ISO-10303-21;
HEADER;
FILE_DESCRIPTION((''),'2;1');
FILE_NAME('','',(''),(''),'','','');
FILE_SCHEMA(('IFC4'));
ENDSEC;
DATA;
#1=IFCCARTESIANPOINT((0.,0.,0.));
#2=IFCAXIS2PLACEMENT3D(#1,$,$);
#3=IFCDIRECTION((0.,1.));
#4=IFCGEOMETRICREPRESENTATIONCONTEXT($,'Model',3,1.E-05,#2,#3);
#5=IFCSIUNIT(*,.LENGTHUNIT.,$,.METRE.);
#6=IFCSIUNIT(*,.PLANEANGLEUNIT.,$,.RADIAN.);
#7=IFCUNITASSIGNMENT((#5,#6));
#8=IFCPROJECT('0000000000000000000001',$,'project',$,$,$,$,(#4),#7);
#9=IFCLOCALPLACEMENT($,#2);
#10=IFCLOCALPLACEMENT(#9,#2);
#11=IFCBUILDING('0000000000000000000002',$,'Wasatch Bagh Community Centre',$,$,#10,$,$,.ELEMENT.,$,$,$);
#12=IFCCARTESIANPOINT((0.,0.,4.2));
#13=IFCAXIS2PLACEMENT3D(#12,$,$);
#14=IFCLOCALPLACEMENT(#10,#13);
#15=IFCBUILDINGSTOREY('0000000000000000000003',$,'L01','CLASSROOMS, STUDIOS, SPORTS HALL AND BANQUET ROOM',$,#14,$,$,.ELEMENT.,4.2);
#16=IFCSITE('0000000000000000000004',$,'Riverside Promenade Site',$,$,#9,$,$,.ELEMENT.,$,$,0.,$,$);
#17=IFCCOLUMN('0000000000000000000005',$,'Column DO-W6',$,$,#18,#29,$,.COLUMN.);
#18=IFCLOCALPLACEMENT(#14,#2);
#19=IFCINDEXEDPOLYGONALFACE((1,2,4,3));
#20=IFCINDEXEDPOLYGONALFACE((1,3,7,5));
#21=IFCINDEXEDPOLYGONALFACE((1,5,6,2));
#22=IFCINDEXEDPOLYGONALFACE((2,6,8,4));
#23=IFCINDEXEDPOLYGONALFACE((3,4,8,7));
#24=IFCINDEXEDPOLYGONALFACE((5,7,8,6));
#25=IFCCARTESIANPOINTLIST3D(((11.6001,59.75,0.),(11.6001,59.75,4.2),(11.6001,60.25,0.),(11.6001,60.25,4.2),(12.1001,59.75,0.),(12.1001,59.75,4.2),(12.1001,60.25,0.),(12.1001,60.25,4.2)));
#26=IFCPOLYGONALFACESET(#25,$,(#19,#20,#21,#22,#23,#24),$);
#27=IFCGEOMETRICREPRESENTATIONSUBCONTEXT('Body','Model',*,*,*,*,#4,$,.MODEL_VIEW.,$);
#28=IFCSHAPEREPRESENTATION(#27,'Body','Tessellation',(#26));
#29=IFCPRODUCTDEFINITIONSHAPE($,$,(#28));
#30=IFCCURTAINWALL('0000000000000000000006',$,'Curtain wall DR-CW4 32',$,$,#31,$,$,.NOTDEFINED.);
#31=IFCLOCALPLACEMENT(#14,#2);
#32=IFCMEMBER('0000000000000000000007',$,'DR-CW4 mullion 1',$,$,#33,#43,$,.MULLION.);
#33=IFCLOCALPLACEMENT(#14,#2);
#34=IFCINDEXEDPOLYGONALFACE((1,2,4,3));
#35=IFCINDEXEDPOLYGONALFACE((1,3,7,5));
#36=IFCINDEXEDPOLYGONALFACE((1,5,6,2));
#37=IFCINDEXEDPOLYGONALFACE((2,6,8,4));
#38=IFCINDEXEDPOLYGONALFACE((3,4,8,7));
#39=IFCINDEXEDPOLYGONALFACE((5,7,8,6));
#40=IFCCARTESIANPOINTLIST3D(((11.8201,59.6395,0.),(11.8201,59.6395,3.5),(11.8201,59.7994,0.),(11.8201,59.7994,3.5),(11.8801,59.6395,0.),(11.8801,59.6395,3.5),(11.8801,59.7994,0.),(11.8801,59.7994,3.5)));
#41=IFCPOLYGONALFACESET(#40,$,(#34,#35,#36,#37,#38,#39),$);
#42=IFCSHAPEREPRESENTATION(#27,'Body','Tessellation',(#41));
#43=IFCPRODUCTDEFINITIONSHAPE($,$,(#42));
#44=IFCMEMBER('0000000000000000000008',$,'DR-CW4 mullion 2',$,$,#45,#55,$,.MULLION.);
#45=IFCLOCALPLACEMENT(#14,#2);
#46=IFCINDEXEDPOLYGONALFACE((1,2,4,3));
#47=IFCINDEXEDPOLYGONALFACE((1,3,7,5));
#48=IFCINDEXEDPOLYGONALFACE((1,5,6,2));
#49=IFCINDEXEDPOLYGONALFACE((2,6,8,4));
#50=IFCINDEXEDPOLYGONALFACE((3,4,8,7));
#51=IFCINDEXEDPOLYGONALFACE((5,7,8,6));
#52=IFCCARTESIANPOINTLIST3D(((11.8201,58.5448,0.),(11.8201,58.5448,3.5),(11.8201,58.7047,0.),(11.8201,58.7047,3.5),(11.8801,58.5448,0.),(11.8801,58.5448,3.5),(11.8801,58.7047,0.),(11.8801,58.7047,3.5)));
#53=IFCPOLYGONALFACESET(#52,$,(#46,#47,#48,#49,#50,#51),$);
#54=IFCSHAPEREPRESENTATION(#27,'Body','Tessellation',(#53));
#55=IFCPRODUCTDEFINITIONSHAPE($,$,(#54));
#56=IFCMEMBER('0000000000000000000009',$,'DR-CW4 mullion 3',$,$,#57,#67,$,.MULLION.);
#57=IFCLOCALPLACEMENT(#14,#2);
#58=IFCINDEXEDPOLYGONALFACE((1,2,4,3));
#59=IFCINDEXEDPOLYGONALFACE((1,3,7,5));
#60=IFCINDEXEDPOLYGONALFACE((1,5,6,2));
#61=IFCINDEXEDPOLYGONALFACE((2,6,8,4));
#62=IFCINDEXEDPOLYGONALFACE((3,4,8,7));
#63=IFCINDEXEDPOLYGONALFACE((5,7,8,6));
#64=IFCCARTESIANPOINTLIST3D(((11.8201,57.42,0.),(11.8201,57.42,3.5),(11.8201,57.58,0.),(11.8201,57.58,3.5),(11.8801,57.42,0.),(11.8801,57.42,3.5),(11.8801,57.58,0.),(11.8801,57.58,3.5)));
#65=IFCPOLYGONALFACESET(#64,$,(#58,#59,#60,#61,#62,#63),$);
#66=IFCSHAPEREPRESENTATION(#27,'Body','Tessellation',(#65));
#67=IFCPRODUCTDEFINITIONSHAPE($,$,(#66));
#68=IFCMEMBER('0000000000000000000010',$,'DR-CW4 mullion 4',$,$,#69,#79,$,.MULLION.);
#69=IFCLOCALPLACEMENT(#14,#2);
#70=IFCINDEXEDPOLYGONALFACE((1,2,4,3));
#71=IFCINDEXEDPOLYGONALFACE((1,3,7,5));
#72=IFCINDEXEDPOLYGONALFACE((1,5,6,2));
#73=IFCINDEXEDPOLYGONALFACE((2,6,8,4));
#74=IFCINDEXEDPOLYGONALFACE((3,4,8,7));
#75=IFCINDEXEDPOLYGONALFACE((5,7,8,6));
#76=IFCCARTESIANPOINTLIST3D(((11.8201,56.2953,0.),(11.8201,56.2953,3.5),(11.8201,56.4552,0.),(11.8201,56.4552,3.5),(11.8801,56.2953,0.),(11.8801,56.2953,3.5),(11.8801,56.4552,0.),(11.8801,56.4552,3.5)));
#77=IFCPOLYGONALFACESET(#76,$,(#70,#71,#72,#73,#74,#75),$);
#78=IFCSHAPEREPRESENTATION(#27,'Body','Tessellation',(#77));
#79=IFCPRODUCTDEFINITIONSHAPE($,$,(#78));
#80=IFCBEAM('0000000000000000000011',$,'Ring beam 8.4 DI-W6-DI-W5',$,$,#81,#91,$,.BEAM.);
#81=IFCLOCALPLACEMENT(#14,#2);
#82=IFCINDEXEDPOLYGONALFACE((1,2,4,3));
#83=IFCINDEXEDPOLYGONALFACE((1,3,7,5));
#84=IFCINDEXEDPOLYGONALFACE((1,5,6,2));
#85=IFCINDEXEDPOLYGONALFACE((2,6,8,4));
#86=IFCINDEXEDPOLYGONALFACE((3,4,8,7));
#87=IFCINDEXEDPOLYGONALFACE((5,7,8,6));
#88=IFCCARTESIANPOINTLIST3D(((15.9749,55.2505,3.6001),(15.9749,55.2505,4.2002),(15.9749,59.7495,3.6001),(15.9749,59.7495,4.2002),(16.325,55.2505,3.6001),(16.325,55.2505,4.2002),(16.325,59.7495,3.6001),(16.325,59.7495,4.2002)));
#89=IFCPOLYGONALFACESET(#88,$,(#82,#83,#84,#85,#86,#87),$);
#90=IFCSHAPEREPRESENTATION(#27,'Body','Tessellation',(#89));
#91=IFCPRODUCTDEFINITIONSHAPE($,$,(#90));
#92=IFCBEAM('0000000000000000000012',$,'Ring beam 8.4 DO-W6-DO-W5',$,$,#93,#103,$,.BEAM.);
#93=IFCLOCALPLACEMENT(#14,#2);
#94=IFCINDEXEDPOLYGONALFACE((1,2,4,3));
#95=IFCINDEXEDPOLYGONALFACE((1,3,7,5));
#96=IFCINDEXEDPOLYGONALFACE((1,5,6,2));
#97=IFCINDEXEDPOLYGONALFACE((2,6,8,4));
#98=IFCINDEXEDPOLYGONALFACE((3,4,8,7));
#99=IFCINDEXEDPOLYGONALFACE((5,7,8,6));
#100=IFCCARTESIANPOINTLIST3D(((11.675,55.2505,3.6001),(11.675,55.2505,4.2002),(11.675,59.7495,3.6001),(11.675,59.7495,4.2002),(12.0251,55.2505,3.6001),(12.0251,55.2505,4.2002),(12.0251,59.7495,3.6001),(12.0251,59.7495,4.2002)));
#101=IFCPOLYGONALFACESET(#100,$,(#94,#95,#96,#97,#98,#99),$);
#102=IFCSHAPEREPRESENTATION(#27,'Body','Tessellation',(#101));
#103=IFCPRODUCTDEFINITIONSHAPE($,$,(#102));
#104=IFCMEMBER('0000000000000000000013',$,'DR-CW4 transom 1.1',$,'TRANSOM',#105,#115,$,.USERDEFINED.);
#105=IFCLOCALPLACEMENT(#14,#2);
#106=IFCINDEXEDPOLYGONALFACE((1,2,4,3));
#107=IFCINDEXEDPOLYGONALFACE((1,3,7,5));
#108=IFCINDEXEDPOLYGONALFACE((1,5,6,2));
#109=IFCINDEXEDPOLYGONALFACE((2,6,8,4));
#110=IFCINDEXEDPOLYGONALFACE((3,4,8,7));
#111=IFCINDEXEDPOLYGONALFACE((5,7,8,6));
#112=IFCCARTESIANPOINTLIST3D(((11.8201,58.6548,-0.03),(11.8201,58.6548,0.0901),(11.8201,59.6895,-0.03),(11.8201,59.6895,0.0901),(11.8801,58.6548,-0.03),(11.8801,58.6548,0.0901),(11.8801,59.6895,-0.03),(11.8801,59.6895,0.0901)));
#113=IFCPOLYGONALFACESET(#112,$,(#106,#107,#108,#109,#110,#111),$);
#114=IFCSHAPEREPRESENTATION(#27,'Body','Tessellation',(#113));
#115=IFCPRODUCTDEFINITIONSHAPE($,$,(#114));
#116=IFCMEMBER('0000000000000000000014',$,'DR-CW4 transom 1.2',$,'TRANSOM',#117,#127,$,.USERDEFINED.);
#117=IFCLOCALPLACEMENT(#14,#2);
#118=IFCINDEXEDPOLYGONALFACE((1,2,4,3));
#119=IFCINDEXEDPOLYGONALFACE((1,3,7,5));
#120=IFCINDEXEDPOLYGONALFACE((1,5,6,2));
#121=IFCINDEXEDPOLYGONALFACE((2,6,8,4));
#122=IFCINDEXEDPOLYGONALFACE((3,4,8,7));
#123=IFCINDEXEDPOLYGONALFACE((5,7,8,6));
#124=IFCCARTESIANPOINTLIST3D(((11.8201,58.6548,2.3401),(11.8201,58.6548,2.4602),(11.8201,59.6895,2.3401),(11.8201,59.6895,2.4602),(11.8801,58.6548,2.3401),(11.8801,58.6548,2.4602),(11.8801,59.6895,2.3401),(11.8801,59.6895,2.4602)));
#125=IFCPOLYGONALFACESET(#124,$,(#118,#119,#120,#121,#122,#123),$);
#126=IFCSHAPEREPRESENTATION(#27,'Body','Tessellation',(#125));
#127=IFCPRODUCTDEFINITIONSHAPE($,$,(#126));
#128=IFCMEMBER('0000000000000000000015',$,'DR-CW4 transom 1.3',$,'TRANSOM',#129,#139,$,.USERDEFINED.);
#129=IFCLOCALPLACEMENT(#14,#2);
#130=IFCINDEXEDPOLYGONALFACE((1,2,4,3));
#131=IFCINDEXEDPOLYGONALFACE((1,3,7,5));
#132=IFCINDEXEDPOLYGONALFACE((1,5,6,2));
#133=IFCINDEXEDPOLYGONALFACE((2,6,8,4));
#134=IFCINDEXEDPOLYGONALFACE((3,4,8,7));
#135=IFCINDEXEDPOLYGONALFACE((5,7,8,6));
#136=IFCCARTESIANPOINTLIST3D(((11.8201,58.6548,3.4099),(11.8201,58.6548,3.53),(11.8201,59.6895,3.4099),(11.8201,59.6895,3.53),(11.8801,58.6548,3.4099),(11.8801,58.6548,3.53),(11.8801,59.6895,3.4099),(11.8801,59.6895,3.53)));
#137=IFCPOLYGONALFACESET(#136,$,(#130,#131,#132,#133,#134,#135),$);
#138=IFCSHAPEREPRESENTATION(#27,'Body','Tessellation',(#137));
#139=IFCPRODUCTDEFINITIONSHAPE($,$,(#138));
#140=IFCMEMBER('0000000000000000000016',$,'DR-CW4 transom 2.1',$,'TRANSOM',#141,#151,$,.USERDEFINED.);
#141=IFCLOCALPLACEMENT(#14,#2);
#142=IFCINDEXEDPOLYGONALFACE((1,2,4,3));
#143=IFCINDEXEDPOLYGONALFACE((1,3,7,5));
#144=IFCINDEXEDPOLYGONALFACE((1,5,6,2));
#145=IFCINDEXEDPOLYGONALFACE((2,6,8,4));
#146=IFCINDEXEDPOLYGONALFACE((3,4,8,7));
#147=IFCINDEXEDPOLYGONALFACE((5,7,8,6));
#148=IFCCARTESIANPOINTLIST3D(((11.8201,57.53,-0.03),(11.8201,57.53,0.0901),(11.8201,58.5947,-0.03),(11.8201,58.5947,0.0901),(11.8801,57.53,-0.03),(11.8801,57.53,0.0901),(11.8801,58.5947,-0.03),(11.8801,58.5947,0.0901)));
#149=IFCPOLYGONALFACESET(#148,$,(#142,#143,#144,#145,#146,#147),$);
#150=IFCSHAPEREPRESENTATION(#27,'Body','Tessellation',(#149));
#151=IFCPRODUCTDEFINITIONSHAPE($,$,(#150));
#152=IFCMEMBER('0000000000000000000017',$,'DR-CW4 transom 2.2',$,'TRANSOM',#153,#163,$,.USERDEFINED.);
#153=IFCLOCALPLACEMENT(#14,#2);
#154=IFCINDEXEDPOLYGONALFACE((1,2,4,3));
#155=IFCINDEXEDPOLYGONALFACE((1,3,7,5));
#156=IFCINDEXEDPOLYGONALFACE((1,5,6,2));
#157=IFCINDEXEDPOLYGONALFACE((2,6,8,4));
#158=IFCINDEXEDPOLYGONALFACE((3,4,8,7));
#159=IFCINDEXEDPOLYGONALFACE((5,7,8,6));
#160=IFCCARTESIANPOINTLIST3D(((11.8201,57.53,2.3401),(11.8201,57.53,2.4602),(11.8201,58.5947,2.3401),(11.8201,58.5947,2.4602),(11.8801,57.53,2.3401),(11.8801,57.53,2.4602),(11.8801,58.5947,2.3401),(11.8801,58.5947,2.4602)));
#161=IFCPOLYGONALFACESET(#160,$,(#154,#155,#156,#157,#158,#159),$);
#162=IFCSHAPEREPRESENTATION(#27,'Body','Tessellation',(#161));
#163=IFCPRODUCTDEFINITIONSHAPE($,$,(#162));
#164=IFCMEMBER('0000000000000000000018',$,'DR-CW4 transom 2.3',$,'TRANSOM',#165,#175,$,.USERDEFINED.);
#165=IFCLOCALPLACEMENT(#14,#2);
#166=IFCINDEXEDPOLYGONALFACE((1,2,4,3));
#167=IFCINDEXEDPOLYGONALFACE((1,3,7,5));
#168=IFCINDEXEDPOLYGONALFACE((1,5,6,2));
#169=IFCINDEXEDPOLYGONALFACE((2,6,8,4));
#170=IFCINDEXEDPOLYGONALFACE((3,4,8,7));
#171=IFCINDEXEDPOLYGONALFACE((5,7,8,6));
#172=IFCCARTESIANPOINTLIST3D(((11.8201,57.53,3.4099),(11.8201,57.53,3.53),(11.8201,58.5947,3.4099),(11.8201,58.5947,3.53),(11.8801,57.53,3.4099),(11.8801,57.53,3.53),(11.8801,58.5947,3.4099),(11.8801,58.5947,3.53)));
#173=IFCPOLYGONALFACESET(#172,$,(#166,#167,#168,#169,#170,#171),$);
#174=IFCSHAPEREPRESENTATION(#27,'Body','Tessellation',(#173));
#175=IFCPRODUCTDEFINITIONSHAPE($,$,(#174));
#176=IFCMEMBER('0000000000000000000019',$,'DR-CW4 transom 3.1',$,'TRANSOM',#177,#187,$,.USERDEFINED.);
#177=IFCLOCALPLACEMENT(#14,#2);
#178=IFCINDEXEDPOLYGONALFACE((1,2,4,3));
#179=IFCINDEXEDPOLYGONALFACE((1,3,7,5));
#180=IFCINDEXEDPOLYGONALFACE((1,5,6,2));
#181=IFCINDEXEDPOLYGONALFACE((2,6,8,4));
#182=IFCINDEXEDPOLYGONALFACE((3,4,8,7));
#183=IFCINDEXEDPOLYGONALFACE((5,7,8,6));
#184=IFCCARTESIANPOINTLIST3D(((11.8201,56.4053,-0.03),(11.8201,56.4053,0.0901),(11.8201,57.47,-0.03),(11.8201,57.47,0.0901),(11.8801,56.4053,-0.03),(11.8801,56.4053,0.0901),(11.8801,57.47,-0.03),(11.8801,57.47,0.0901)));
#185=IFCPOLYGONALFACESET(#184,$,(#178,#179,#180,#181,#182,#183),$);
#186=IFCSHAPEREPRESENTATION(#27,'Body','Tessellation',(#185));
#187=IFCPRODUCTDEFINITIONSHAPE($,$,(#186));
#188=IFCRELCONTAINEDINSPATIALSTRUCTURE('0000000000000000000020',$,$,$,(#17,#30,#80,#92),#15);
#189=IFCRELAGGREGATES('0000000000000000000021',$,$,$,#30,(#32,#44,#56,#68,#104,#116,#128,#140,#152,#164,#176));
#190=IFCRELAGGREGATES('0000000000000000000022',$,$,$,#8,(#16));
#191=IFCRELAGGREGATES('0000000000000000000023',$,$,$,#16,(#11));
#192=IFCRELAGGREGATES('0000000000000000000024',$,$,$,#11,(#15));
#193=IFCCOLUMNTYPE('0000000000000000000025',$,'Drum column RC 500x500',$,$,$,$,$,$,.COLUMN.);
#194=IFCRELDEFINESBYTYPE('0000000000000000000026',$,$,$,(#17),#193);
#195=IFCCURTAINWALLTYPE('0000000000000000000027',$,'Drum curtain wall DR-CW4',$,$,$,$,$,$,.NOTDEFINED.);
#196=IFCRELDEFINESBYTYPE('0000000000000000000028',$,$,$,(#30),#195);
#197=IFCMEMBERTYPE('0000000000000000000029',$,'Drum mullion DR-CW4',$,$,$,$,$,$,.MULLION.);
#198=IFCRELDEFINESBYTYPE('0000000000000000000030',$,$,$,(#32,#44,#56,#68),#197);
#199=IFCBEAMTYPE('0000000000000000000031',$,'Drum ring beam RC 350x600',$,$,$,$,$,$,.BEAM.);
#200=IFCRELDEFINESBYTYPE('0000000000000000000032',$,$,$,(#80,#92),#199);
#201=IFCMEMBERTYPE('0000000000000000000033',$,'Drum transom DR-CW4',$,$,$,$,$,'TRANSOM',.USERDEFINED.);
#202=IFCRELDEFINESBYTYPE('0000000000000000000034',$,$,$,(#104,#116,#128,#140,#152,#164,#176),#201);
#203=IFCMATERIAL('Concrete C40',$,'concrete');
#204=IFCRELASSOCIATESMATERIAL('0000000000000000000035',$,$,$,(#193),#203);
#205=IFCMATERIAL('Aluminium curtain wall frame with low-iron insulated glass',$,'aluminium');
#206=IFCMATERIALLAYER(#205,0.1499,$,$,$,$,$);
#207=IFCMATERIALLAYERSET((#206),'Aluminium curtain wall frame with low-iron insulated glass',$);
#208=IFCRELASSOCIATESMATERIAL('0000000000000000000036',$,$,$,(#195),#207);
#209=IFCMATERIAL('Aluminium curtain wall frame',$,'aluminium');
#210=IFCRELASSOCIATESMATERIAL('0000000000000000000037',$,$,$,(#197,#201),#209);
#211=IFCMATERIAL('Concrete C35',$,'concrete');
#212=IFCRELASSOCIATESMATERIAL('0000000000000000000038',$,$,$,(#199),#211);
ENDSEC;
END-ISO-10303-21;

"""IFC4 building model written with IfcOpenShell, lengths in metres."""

from ifc_helpers import new_model, si_unit, direction, frame, origin, origin_2d, place, context, subcontext, project, spatial, rectangle, extrude, material, layer, layer_set, material_profile, profile_set, type_object, element, aggregate, save


model = new_model("IFC4")

# Units and contexts
model_context = context("Model", 3, precision=1e-05, world=origin(), true_north=direction((0.0, 1.0)))
body_context = subcontext(model_context, "Body", "Model", "MODEL_VIEW")
ifc_project = project(units=[si_unit("LENGTHUNIT", "METRE"), si_unit("PLANEANGLEUNIT", "RADIAN")], contexts=[model_context])

# Site, building, storey
site_placement = place(None, origin())
site = spatial("IfcSite", under=ifc_project, at=site_placement, Name="Riverside Promenade Site", CompositionType="ELEMENT", RefElevation=0.0)
building_placement = place(site_placement, origin())
building = spatial("IfcBuilding", under=site, at=building_placement, Name="Wasatch Bagh Community Centre", CompositionType="ELEMENT")
storey_placement = place(building_placement, frame((0.0, 0.0, 4.2)))
storey = spatial("IfcBuildingStorey", under=building, at=storey_placement, Name="L01", Description="CLASSROOMS, STUDIOS, SPORTS HALL AND BANQUET ROOM", CompositionType="ELEMENT", Elevation=4.2)

# Column
ifc_material_1 = material(Name="Concrete C40", Category="concrete")
ifc_material_profile_1 = material_profile(ifc_material_1, rectangle(XDim=0.5, YDim=0.5, at=origin_2d()), Name="RC 500x500")
ifc_profile_set_1 = profile_set([ifc_material_profile_1], Name="Concrete C40")
column_type = type_object("IfcColumnType", Name="Drum column RC 500x500", PredefinedType="COLUMN", material=ifc_profile_set_1)
column_placement = place(storey_placement, frame((11.8501, 60.0, 0.0), z_axis=(0.0, 0.0, 1.0), x_axis=(1.0, 0.0, 0.0)))
element("IfcColumn", 1, at=column_placement, inside=storey, type_object=column_type, Name="Column DO-W6", PredefinedType="COLUMN", context=body_context, shape_type="SweptSolid", body=[
    extrude(rectangle(XDim=0.5, YDim=0.5, at=origin_2d()), origin(), (0.0, 0.0, 1.0), 4.2),
])

# Curtain wall, members
ifc_material_2 = material(Name="Aluminium curtain wall frame with low-iron insulated glass", Category="aluminium")
ifc_layer_1 = layer(ifc_material_2, 0.1499)
ifc_layer_set_1 = layer_set([ifc_layer_1], Name="Aluminium curtain wall frame with low-iron insulated glass")
curtain_wall_type = type_object("IfcCurtainWallType", Name="Drum curtain wall DR-CW4", PredefinedType="NOTDEFINED", material=ifc_layer_set_1)
curtain_wall_placement = place(storey_placement, origin())
curtain_wall = element("IfcCurtainWall", 2, at=curtain_wall_placement, inside=storey, type_object=curtain_wall_type, Name="Curtain wall DR-CW4 32", PredefinedType="NOTDEFINED")
ifc_material_3 = material(Name="Aluminium curtain wall frame", Category="aluminium")
ifc_material_profile_2 = material_profile(ifc_material_3, rectangle(XDim=0.0601, YDim=0.1599, at=origin_2d()), Name="Drum mullion DR-CW4")
ifc_profile_set_2 = profile_set([ifc_material_profile_2], Name="Aluminium curtain wall frame")
member_type_1 = type_object("IfcMemberType", Name="Drum mullion DR-CW4", PredefinedType="MULLION", material=ifc_profile_set_2)
member_1_placement = place(storey_placement, frame((11.8501, 59.7195, 0.0), z_axis=(0.0, 0.0, 1.0), x_axis=(1.0, 0.0, 0.0)))
member_1 = element("IfcMember", 3, at=member_1_placement, type_object=member_type_1, Name="DR-CW4 mullion 1", PredefinedType="MULLION", context=body_context, shape_type="SweptSolid", body=[
    extrude(rectangle(XDim=0.0601, YDim=0.1599, at=origin_2d()), origin(), (0.0, 0.0, 1.0), 3.5),
])
member_2_placement = place(storey_placement, frame((11.8501, 58.6248, 0.0), z_axis=(0.0, 0.0, 1.0), x_axis=(1.0, 0.0, 0.0)))
member_2 = element("IfcMember", 4, at=member_2_placement, type_object=member_type_1, Name="DR-CW4 mullion 2", PredefinedType="MULLION", context=body_context, shape_type="SweptSolid", body=[
    extrude(rectangle(XDim=0.0601, YDim=0.1599, at=origin_2d()), origin(), (0.0, 0.0, 1.0), 3.5),
])
member_3_placement = place(storey_placement, frame((11.8501, 57.5, 0.0), z_axis=(0.0, 0.0, 1.0), x_axis=(1.0, 0.0, 0.0)))
member_3 = element("IfcMember", 5, at=member_3_placement, type_object=member_type_1, Name="DR-CW4 mullion 3", PredefinedType="MULLION", context=body_context, shape_type="SweptSolid", body=[
    extrude(rectangle(XDim=0.0601, YDim=0.1599, at=origin_2d()), origin(), (0.0, 0.0, 1.0), 3.5),
])
member_4_placement = place(storey_placement, frame((11.8501, 56.3752, 0.0), z_axis=(0.0, 0.0, 1.0), x_axis=(1.0, 0.0, 0.0)))
member_4 = element("IfcMember", 6, at=member_4_placement, type_object=member_type_1, Name="DR-CW4 mullion 4", PredefinedType="MULLION", context=body_context, shape_type="SweptSolid", body=[
    extrude(rectangle(XDim=0.0601, YDim=0.1599, at=origin_2d()), origin(), (0.0, 0.0, 1.0), 3.5),
])

# Beams
ifc_material_4 = material(Name="Concrete C35", Category="concrete")
ifc_material_profile_3 = material_profile(ifc_material_4, rectangle(XDim=0.3501, YDim=0.6001, at=origin_2d()), Name="RC 350x600")
ifc_profile_set_3 = profile_set([ifc_material_profile_3], Name="Concrete C35")
beam_type_1 = type_object("IfcBeamType", Name="Drum ring beam RC 350x600", PredefinedType="BEAM", material=ifc_profile_set_3)
for number, where, z_axis, x_axis, name in (
    (7, (16.1499, 59.7495, 3.9001), (0.0, -1.0, 0.0), (1.0, 0.0, 0.0), "Ring beam 8.4 DI-W6-DI-W5"),
    (8, (11.8501, 59.7495, 3.9001), (0.0, -1.0, 0.0), (1.0, 0.0, 0.0), "Ring beam 8.4 DO-W6-DO-W5"),
):
    element("IfcBeam", number, at=place(storey_placement, frame(where, z_axis=z_axis, x_axis=x_axis)), inside=storey, type_object=beam_type_1, Name=name, PredefinedType="BEAM", context=body_context, shape_type="SweptSolid", body=[
        extrude(rectangle(XDim=0.3501, YDim=0.6001, at=origin_2d()), origin(), (0.0, 0.0, 1.0), 4.499),
    ])

# Members
ifc_material_profile_4 = material_profile(ifc_material_3, rectangle(XDim=0.0601, YDim=0.1201, at=origin_2d()), Name="Drum transom DR-CW4")
ifc_profile_set_4 = profile_set([ifc_material_profile_4], Name="Aluminium curtain wall frame")
member_type_2 = type_object("IfcMemberType", Name="Drum transom DR-CW4", ElementType="TRANSOM", PredefinedType="USERDEFINED", material=ifc_profile_set_4)
member_5_placement = place(storey_placement, frame((11.8501, 59.6895, 0.03), z_axis=(0.0, -1.0, 0.0), x_axis=(1.0, 0.0, 0.0)))
member_5 = element("IfcMember", 9, at=member_5_placement, type_object=member_type_2, Name="DR-CW4 transom 1.1", ObjectType="TRANSOM", PredefinedType="USERDEFINED", context=body_context, shape_type="SweptSolid", body=[
    extrude(rectangle(XDim=0.0601, YDim=0.1201, at=origin_2d()), origin(), (0.0, 0.0, 1.0), 1.0347),
])
member_6_placement = place(storey_placement, frame((11.8501, 59.6895, 2.4001), z_axis=(0.0, -1.0, 0.0), x_axis=(1.0, 0.0, 0.0)))
member_6 = element("IfcMember", 10, at=member_6_placement, type_object=member_type_2, Name="DR-CW4 transom 1.2", ObjectType="TRANSOM", PredefinedType="USERDEFINED", context=body_context, shape_type="SweptSolid", body=[
    extrude(rectangle(XDim=0.0601, YDim=0.1201, at=origin_2d()), origin(), (0.0, 0.0, 1.0), 1.0347),
])
member_7_placement = place(storey_placement, frame((11.8501, 59.6895, 3.47), z_axis=(0.0, -1.0, 0.0), x_axis=(1.0, 0.0, 0.0)))
member_7 = element("IfcMember", 11, at=member_7_placement, type_object=member_type_2, Name="DR-CW4 transom 1.3", ObjectType="TRANSOM", PredefinedType="USERDEFINED", context=body_context, shape_type="SweptSolid", body=[
    extrude(rectangle(XDim=0.0601, YDim=0.1201, at=origin_2d()), origin(), (0.0, 0.0, 1.0), 1.0347),
])
member_8_placement = place(storey_placement, frame((11.8501, 58.5947, 0.03), z_axis=(0.0, -1.0, 0.0), x_axis=(1.0, 0.0, 0.0)))
member_8 = element("IfcMember", 12, at=member_8_placement, type_object=member_type_2, Name="DR-CW4 transom 2.1", ObjectType="TRANSOM", PredefinedType="USERDEFINED", context=body_context, shape_type="SweptSolid", body=[
    extrude(rectangle(XDim=0.0601, YDim=0.1201, at=origin_2d()), origin(), (0.0, 0.0, 1.0), 1.0647),
])
member_9_placement = place(storey_placement, frame((11.8501, 58.5947, 2.4001), z_axis=(0.0, -1.0, 0.0), x_axis=(1.0, 0.0, 0.0)))
member_9 = element("IfcMember", 13, at=member_9_placement, type_object=member_type_2, Name="DR-CW4 transom 2.2", ObjectType="TRANSOM", PredefinedType="USERDEFINED", context=body_context, shape_type="SweptSolid", body=[
    extrude(rectangle(XDim=0.0601, YDim=0.1201, at=origin_2d()), origin(), (0.0, 0.0, 1.0), 1.0647),
])
member_10_placement = place(storey_placement, frame((11.8501, 58.5947, 3.47), z_axis=(0.0, -1.0, 0.0), x_axis=(1.0, 0.0, 0.0)))
member_10 = element("IfcMember", 14, at=member_10_placement, type_object=member_type_2, Name="DR-CW4 transom 2.3", ObjectType="TRANSOM", PredefinedType="USERDEFINED", context=body_context, shape_type="SweptSolid", body=[
    extrude(rectangle(XDim=0.0601, YDim=0.1201, at=origin_2d()), origin(), (0.0, 0.0, 1.0), 1.0647),
])
member_11_placement = place(storey_placement, frame((11.8501, 57.47, 0.03), z_axis=(0.0, -1.0, 0.0), x_axis=(1.0, 0.0, 0.0)))
member_11 = element("IfcMember", 15, at=member_11_placement, type_object=member_type_2, Name="DR-CW4 transom 3.1", ObjectType="TRANSOM", PredefinedType="USERDEFINED", context=body_context, shape_type="SweptSolid", body=[
    extrude(rectangle(XDim=0.0601, YDim=0.1201, at=origin_2d()), origin(), (0.0, 0.0, 1.0), 1.0647),
])

aggregate(curtain_wall, [member_1, member_2, member_3, member_4, member_5, member_6, member_7, member_8, member_9, member_10, member_11])

save(model, "model.ifc")
